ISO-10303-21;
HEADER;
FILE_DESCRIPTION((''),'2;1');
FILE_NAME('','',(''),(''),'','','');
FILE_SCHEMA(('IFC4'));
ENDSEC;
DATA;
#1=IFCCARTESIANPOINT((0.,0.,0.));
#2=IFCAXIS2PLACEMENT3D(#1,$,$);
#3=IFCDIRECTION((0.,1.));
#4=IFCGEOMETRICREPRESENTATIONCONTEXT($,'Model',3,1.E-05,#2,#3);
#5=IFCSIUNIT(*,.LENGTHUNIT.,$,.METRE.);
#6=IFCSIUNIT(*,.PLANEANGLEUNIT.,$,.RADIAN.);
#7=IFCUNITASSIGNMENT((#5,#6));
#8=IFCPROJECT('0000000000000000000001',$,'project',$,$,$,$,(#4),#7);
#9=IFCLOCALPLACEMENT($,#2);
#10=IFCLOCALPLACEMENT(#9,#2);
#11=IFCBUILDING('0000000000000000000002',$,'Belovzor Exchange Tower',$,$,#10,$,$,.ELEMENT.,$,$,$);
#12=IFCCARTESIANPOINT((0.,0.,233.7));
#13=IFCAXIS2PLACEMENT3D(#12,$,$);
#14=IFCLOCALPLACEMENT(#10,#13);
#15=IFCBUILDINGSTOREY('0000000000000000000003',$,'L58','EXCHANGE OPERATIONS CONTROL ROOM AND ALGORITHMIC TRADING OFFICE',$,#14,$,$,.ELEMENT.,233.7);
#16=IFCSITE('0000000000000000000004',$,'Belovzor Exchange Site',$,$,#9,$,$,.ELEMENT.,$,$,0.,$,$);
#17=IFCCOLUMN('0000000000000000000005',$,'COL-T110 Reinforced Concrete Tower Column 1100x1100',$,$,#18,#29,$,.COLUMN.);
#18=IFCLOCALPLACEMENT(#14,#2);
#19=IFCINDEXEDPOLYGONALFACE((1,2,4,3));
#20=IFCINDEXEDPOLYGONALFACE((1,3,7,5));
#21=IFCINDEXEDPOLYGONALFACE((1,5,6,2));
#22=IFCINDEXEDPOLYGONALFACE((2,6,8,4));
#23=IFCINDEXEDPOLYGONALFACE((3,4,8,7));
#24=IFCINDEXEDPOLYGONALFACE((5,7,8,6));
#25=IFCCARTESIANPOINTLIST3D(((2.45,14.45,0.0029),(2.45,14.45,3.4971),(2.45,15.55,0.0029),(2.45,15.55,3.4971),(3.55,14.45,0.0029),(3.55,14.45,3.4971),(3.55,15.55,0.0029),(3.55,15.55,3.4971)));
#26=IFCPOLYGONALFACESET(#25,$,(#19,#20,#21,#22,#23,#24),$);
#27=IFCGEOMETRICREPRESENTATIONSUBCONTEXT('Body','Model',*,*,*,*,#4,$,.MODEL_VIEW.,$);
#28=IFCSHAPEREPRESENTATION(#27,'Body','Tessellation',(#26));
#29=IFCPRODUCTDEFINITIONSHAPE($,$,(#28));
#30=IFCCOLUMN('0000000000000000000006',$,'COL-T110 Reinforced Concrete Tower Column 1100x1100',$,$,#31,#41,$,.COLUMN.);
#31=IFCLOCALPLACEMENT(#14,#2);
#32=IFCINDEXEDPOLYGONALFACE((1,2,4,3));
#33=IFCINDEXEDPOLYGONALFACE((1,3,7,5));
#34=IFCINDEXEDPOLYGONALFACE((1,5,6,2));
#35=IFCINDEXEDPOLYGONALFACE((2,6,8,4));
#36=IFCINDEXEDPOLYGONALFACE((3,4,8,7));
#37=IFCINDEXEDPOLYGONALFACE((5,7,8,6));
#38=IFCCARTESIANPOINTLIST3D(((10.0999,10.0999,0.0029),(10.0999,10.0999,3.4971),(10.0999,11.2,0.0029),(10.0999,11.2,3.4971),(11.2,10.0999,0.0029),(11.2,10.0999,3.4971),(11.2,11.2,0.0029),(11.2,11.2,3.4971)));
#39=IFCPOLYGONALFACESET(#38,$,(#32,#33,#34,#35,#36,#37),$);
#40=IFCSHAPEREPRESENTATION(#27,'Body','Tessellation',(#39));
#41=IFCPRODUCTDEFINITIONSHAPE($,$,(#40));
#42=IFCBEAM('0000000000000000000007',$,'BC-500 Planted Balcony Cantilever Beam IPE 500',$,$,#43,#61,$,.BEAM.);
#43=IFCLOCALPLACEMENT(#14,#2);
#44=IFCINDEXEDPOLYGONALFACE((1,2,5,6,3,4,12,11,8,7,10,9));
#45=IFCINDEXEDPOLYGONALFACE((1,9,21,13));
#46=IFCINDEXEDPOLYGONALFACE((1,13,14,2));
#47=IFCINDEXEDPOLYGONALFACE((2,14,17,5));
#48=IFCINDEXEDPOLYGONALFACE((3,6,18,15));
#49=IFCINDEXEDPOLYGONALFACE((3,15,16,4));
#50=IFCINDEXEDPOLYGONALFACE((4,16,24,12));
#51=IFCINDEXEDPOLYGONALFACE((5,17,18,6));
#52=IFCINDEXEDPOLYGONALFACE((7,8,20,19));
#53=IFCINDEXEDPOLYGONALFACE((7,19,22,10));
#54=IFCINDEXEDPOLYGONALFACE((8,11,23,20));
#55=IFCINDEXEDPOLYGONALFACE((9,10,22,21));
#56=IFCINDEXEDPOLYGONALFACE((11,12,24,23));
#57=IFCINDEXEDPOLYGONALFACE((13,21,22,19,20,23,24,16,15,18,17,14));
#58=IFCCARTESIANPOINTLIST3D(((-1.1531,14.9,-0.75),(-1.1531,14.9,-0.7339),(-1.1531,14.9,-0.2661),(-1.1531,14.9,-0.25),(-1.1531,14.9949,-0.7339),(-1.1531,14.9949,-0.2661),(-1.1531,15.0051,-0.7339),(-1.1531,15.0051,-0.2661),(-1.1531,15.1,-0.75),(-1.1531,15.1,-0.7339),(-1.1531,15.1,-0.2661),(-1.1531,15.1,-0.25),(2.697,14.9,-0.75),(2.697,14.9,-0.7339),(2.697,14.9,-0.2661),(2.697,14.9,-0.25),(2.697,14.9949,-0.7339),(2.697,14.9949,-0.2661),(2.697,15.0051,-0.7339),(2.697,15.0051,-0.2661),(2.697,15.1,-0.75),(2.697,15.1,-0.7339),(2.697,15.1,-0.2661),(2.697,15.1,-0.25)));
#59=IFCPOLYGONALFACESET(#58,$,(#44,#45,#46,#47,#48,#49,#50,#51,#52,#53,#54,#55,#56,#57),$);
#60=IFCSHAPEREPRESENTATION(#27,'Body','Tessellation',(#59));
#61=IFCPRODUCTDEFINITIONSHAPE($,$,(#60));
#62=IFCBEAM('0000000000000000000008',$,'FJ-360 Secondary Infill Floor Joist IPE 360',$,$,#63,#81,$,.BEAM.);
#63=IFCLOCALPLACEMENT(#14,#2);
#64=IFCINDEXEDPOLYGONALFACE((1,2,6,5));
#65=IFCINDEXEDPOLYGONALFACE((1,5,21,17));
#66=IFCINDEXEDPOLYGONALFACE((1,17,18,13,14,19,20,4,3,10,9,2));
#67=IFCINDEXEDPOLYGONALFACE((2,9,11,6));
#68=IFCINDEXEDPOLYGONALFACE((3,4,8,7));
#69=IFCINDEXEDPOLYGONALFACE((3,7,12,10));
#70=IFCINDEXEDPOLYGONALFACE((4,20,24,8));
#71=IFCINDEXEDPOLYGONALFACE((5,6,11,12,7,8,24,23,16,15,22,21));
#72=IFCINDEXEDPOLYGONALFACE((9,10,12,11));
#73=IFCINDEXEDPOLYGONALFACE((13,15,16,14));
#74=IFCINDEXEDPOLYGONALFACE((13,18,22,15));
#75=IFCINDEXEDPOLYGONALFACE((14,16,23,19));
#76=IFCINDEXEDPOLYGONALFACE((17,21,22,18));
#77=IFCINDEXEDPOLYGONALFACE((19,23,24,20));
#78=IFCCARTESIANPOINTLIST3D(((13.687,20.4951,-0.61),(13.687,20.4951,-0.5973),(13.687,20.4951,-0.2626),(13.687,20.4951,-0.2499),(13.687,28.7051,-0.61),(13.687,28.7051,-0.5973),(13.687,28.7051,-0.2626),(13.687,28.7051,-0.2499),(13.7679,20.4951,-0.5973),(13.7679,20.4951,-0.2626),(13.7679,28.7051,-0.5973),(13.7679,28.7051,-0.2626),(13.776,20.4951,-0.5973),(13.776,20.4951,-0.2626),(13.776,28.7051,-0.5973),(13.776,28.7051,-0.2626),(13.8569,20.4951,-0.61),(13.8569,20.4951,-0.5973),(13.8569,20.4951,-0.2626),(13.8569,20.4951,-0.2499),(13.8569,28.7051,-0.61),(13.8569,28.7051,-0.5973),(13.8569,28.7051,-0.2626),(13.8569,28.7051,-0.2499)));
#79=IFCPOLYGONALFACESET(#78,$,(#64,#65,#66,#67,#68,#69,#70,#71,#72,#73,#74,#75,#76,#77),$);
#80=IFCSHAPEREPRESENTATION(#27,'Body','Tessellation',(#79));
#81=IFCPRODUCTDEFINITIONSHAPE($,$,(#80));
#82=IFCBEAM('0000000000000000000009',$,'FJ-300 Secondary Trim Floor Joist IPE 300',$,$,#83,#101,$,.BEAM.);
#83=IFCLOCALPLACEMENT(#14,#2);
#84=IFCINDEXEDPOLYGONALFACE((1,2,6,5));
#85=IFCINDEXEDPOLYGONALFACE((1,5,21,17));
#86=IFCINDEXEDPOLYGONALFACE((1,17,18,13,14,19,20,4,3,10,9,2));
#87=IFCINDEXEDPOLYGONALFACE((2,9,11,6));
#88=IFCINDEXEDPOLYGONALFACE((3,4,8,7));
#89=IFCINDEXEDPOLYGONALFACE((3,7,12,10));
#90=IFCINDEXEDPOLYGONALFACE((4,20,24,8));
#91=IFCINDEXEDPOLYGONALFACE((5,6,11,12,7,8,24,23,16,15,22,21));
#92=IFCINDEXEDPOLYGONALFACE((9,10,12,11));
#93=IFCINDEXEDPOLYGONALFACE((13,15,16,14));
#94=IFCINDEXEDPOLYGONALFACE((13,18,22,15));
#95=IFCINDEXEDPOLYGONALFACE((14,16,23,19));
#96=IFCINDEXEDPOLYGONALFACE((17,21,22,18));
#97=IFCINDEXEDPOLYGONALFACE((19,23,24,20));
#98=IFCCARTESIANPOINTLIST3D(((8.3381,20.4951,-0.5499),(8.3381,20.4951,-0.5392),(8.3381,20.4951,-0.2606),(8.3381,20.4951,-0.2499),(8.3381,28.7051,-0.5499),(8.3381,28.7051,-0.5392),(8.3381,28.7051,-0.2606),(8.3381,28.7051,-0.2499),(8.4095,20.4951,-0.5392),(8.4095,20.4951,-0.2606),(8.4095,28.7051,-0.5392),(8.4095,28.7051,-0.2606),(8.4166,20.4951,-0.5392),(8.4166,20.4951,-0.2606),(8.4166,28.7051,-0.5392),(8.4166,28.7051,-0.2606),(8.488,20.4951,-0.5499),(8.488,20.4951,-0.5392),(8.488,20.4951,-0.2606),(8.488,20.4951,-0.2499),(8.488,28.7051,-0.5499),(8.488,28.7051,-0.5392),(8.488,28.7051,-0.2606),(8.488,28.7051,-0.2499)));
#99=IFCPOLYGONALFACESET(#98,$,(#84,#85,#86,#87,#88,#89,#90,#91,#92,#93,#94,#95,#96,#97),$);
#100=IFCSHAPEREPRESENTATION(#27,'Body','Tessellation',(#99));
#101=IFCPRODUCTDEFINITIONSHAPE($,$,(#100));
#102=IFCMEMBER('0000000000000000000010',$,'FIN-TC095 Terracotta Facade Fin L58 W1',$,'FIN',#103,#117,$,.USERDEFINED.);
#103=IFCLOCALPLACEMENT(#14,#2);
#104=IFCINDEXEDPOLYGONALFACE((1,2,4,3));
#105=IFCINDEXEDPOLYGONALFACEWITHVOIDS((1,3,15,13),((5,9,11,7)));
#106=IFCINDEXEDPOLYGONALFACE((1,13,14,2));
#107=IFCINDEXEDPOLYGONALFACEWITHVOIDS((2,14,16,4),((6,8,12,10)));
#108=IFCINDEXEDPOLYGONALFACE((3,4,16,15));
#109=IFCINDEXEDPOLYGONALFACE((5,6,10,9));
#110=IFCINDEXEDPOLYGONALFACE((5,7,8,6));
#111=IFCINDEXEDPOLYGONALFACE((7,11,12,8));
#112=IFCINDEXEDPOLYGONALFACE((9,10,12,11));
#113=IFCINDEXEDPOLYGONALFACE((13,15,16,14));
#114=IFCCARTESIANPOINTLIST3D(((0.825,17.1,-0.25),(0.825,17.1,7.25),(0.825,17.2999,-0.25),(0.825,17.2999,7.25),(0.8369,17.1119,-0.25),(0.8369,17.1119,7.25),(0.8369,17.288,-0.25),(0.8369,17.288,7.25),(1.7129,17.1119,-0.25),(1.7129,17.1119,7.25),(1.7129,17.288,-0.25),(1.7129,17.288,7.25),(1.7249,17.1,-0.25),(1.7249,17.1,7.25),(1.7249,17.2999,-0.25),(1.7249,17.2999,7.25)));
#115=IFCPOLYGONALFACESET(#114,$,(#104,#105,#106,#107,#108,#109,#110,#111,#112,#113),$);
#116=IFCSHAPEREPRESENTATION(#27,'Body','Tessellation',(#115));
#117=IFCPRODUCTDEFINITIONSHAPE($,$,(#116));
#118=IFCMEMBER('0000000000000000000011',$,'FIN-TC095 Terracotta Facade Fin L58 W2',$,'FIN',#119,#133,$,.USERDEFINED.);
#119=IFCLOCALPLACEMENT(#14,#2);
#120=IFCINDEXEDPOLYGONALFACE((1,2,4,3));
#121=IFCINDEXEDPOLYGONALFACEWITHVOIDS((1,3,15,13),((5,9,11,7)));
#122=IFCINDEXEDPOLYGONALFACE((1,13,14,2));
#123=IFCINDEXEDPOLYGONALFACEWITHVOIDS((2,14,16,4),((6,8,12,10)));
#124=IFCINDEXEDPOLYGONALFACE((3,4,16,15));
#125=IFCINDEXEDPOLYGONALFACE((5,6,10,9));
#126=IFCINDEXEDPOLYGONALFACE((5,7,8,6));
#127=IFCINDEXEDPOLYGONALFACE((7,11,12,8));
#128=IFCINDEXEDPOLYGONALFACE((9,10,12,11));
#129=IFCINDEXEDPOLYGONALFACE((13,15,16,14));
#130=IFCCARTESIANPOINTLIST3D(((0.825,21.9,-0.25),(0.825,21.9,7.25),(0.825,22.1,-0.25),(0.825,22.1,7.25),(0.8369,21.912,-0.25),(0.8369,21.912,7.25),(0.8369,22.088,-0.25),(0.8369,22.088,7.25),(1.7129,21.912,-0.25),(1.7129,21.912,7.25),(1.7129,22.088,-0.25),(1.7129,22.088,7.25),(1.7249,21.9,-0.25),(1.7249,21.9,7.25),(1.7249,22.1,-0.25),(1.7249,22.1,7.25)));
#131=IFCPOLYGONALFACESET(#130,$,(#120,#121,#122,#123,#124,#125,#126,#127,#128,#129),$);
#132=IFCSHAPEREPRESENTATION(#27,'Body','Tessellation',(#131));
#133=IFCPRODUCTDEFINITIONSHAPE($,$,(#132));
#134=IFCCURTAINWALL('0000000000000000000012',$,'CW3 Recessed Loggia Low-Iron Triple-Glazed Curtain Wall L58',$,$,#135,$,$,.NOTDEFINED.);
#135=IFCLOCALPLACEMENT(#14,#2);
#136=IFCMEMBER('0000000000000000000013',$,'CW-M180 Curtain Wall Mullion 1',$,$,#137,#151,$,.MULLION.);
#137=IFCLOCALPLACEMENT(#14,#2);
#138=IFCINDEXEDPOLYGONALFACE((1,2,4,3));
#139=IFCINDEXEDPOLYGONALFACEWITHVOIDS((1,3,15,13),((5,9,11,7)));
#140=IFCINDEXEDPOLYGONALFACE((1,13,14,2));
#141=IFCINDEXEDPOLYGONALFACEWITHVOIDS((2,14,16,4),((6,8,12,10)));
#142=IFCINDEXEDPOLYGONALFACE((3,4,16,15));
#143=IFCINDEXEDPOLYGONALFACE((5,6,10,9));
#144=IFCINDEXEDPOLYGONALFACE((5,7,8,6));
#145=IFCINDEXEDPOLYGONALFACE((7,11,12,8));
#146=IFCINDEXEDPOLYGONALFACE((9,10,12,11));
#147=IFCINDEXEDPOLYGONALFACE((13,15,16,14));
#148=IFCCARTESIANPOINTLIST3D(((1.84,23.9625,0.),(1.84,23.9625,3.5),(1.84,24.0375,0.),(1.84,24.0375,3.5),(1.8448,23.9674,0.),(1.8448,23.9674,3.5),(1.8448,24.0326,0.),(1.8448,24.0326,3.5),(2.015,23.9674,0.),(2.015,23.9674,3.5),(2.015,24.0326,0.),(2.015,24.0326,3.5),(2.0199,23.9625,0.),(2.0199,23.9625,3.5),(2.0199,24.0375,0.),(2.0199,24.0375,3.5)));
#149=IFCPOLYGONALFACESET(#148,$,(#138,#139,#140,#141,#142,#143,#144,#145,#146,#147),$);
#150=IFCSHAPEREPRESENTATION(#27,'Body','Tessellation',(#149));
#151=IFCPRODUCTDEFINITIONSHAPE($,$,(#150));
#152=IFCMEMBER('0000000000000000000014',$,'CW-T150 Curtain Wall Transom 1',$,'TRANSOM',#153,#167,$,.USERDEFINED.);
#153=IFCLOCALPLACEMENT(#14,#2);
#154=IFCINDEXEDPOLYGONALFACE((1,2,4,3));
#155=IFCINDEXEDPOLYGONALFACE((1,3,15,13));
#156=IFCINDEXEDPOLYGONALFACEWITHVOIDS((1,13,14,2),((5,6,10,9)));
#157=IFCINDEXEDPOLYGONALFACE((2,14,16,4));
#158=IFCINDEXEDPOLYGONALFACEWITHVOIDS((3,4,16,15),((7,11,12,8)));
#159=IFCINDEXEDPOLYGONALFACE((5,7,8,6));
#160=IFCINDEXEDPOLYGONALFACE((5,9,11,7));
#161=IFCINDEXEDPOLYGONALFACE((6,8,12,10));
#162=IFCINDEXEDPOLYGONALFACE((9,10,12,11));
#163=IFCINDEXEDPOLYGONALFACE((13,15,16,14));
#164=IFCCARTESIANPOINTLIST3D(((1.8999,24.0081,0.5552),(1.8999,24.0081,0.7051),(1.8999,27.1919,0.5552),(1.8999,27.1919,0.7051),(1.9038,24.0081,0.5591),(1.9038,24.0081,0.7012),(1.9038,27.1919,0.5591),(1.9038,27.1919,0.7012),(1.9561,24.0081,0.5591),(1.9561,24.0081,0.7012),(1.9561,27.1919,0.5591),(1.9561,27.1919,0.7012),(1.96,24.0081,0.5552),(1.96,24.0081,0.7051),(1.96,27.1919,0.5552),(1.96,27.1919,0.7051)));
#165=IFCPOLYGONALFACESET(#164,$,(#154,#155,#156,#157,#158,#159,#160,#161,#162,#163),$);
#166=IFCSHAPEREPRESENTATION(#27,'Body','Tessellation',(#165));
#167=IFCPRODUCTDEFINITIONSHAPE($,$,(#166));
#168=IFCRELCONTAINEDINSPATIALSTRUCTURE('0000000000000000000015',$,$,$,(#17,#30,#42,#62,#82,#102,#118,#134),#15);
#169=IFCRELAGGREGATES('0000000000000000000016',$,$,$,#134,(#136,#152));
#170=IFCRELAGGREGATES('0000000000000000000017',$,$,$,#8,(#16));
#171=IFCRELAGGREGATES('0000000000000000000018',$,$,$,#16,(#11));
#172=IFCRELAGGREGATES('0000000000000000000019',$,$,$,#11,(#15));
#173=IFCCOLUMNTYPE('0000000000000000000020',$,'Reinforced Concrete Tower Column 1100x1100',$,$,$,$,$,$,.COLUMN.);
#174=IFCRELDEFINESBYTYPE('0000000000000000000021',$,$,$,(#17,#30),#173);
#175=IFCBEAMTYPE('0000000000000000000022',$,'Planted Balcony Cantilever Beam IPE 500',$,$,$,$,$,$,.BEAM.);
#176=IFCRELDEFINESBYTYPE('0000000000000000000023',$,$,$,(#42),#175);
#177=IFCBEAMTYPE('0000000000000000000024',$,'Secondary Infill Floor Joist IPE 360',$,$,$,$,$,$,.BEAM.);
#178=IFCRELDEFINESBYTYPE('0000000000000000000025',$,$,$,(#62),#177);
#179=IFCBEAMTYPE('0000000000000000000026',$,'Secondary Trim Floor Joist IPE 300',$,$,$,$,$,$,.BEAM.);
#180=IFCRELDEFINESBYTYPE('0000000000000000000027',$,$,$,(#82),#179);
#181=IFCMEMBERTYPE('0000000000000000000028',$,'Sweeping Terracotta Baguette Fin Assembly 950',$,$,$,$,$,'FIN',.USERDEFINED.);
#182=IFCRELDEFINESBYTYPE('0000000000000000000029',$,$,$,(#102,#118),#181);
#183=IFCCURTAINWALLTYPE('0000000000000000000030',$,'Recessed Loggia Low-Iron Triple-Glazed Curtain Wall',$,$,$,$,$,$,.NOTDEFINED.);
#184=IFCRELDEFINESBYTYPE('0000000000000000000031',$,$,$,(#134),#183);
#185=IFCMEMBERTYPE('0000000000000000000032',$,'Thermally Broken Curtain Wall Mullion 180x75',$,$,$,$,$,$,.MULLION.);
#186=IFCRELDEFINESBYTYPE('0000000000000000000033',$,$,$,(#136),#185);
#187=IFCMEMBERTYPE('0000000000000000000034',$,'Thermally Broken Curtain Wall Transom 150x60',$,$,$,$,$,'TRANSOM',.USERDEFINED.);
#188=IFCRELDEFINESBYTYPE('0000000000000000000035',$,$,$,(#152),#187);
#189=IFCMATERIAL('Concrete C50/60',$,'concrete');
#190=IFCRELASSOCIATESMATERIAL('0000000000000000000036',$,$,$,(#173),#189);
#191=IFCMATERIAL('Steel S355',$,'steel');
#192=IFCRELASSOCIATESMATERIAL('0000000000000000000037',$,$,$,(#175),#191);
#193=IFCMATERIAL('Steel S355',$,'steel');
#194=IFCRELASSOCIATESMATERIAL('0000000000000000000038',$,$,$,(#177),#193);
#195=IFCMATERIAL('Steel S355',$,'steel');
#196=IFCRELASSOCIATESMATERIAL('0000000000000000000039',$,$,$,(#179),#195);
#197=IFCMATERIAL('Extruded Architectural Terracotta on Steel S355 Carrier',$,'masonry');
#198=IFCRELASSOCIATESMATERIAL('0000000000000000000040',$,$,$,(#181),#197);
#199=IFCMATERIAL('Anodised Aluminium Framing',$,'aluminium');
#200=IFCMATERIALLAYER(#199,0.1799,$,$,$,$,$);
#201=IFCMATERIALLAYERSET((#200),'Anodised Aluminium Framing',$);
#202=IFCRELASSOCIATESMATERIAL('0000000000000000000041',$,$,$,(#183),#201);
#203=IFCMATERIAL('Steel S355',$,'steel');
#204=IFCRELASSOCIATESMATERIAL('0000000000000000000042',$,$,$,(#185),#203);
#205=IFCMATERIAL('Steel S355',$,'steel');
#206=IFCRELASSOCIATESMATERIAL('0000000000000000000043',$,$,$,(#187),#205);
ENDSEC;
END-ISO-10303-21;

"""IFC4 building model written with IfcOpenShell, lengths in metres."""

from ifc_helpers import new_model, si_unit, direction, frame, origin, origin_2d, place, context, subcontext, project, spatial, rectangle, hollow_rectangle, i_section, extrude, material, layer, layer_set, material_profile, profile_set, type_object, element, aggregate, save


model = new_model("IFC4")

# Units and contexts
model_context = context("Model", 3, precision=1e-05, world=origin(), true_north=direction((0.0, 1.0)))
body_context = subcontext(model_context, "Body", "Model", "MODEL_VIEW")
ifc_project = project(units=[si_unit("LENGTHUNIT", "METRE"), si_unit("PLANEANGLEUNIT", "RADIAN")], contexts=[model_context])

# Site, building, storey
site_placement = place(None, origin())
site = spatial("IfcSite", under=ifc_project, at=site_placement, Name="Belovzor Exchange Site", CompositionType="ELEMENT", RefElevation=0.0)
building_placement = place(site_placement, origin())
building = spatial("IfcBuilding", under=site, at=building_placement, Name="Belovzor Exchange Tower", CompositionType="ELEMENT")
storey_placement = place(building_placement, frame((0.0, 0.0, 233.7)))
storey = spatial("IfcBuildingStorey", under=building, at=storey_placement, Name="L58", Description="EXCHANGE OPERATIONS CONTROL ROOM AND ALGORITHMIC TRADING OFFICE", CompositionType="ELEMENT", Elevation=233.7)

# Columns
ifc_material_1 = material(Name="Concrete C50/60", Category="concrete")
ifc_material_profile_1 = material_profile(ifc_material_1, rectangle(XDim=1.1001, YDim=1.1001, at=origin_2d()))
ifc_profile_set_1 = profile_set([ifc_material_profile_1], Name="Concrete C50/60")
column_type = type_object("IfcColumnType", Name="Reinforced Concrete Tower Column 1100x1100", PredefinedType="COLUMN", material=ifc_profile_set_1)
for number, where, z_axis, x_axis, name in (
    (1, (3.0, 15.0, 0.0029), (0.0, 0.0, 1.0), (1.0, 0.0, 0.0), "COL-T110 Reinforced Concrete Tower Column 1100x1100"),
    (2, (10.6499, 10.6499, 0.0029), (0.0, 0.0, 1.0), (1.0, 0.0, 0.0), "COL-T110 Reinforced Concrete Tower Column 1100x1100"),
):
    element("IfcColumn", number, at=place(storey_placement, frame(where, z_axis=z_axis, x_axis=x_axis)), inside=storey, type_object=column_type, Name=name, PredefinedType="COLUMN", context=body_context, shape_type="SweptSolid", body=[
        extrude(rectangle(XDim=1.1001, YDim=1.1001, at=origin_2d()), origin(), (0.0, 0.0, 1.0), 3.4941),
    ])

# Beams
ifc_material_2 = material(Name="Steel S355", Category="steel")
ifc_material_profile_2 = material_profile(ifc_material_2, i_section(OverallWidth=0.2, OverallDepth=0.5, WebThickness=0.0103, FlangeThickness=0.0161, at=origin_2d()))
ifc_profile_set_2 = profile_set([ifc_material_profile_2], Name="Steel S355")
beam_type_1 = type_object("IfcBeamType", Name="Planted Balcony Cantilever Beam IPE 500", PredefinedType="BEAM", material=ifc_profile_set_2)
beam_1_placement = place(storey_placement, frame((2.697, 15.0, -0.5), z_axis=(-1.0, 0.0, 0.0), x_axis=(0.0, -1.0, 0.0)))
element("IfcBeam", 3, at=beam_1_placement, inside=storey, type_object=beam_type_1, Name="BC-500 Planted Balcony Cantilever Beam IPE 500", PredefinedType="BEAM", context=body_context, shape_type="SweptSolid", body=[
    extrude(i_section(OverallWidth=0.2, OverallDepth=0.5, WebThickness=0.0103, FlangeThickness=0.0161, at=origin_2d()), origin(), (0.0, 0.0, 1.0), 3.8501),
])
ifc_material_3 = material(Name="Steel S355", Category="steel")
ifc_material_profile_3 = material_profile(ifc_material_3, i_section(OverallWidth=0.1699, OverallDepth=0.3601, WebThickness=0.0081, FlangeThickness=0.0127, at=origin_2d()))
ifc_profile_set_3 = profile_set([ifc_material_profile_3], Name="Steel S355")
beam_type_2 = type_object("IfcBeamType", Name="Secondary Infill Floor Joist IPE 360", PredefinedType="BEAM", material=ifc_profile_set_3)
beam_2_placement = place(storey_placement, frame((13.772, 20.4951, -0.4299), z_axis=(0.0, 1.0, 0.0), x_axis=(-1.0, 0.0, 0.0)))
element("IfcBeam", 4, at=beam_2_placement, inside=storey, type_object=beam_type_2, Name="FJ-360 Secondary Infill Floor Joist IPE 360", PredefinedType="BEAM", context=body_context, shape_type="SweptSolid", body=[
    extrude(i_section(OverallWidth=0.1699, OverallDepth=0.3601, WebThickness=0.0081, FlangeThickness=0.0127, at=origin_2d()), origin(), (0.0, 0.0, 1.0), 8.21),
])
ifc_material_4 = material(Name="Steel S355", Category="steel")
ifc_material_profile_4 = material_profile(ifc_material_4, i_section(OverallWidth=0.1499, OverallDepth=0.3, WebThickness=0.0071, FlangeThickness=0.0107, at=origin_2d()))
ifc_profile_set_4 = profile_set([ifc_material_profile_4], Name="Steel S355")
beam_type_3 = type_object("IfcBeamType", Name="Secondary Trim Floor Joist IPE 300", PredefinedType="BEAM", material=ifc_profile_set_4)
beam_3_placement = place(storey_placement, frame((8.4131, 20.4951, -0.3999), z_axis=(0.0, 1.0, 0.0), x_axis=(-1.0, 0.0, 0.0)))
element("IfcBeam", 5, at=beam_3_placement, inside=storey, type_object=beam_type_3, Name="FJ-300 Secondary Trim Floor Joist IPE 300", PredefinedType="BEAM", context=body_context, shape_type="SweptSolid", body=[
    extrude(i_section(OverallWidth=0.1499, OverallDepth=0.3, WebThickness=0.0071, FlangeThickness=0.0107, at=origin_2d()), origin(), (0.0, 0.0, 1.0), 8.21),
])

# Members
ifc_material_5 = material(Name="Extruded Architectural Terracotta on Steel S355 Carrier", Category="masonry")
ifc_material_profile_5 = material_profile(ifc_material_5, hollow_rectangle(XDim=0.2, YDim=0.8999, WallThickness=0.012, at=origin_2d()))
ifc_profile_set_5 = profile_set([ifc_material_profile_5], Name="Extruded Architectural Terracotta on Steel S355 Carrier")
member_type_1 = type_object("IfcMemberType", Name="Sweeping Terracotta Baguette Fin Assembly 950", ElementType="FIN", PredefinedType="USERDEFINED", material=ifc_profile_set_5)
for number, where, z_axis, x_axis, name in (
    (6, (1.2749, 17.2, -0.25), (0.0, 0.0, 1.0), (0.0, 1.0, 0.0), "FIN-TC095 Terracotta Facade Fin L58 W1"),
    (7, (1.2749, 22.0, -0.25), (0.0, 0.0, 1.0), (0.0, 1.0, 0.0), "FIN-TC095 Terracotta Facade Fin L58 W2"),
):
    element("IfcMember", number, at=place(storey_placement, frame(where, z_axis=z_axis, x_axis=x_axis)), inside=storey, type_object=member_type_1, Name=name, ObjectType="FIN", PredefinedType="USERDEFINED", context=body_context, shape_type="SweptSolid", body=[
        extrude(hollow_rectangle(XDim=0.2, YDim=0.8999, WallThickness=0.012, at=origin_2d()), origin(), (0.0, 0.0, 1.0), 7.5),
    ])

# Curtain wall, members
ifc_material_6 = material(Name="Anodised Aluminium Framing", Category="aluminium")
ifc_layer_1 = layer(ifc_material_6, 0.1799)
ifc_layer_set_1 = layer_set([ifc_layer_1], Name="Anodised Aluminium Framing")
curtain_wall_type = type_object("IfcCurtainWallType", Name="Recessed Loggia Low-Iron Triple-Glazed Curtain Wall", PredefinedType="NOTDEFINED", material=ifc_layer_set_1)
curtain_wall_placement = place(storey_placement, origin())
curtain_wall = element("IfcCurtainWall", 8, at=curtain_wall_placement, inside=storey, type_object=curtain_wall_type, Name="CW3 Recessed Loggia Low-Iron Triple-Glazed Curtain Wall L58", PredefinedType="NOTDEFINED")
ifc_material_7 = material(Name="Steel S355", Category="steel")
ifc_material_profile_6 = material_profile(ifc_material_7, hollow_rectangle(XDim=0.075, YDim=0.1799, WallThickness=0.0049, at=origin_2d()))
ifc_profile_set_6 = profile_set([ifc_material_profile_6], Name="Steel S355")
member_type_2 = type_object("IfcMemberType", Name="Thermally Broken Curtain Wall Mullion 180x75", PredefinedType="MULLION", material=ifc_profile_set_6)
member_1_placement = place(storey_placement, frame((1.9299, 24.0, 0.0), z_axis=(0.0, 0.0, 1.0), x_axis=(0.0, 1.0, 0.0)))
member_1 = element("IfcMember", 9, at=member_1_placement, type_object=member_type_2, Name="CW-M180 Curtain Wall Mullion 1", PredefinedType="MULLION", context=body_context, shape_type="SweptSolid", body=[
    extrude(hollow_rectangle(XDim=0.075, YDim=0.1799, WallThickness=0.0049, at=origin_2d()), origin(), (0.0, 0.0, 1.0), 3.5),
])
ifc_material_8 = material(Name="Steel S355", Category="steel")
ifc_material_profile_7 = material_profile(ifc_material_8, hollow_rectangle(XDim=0.0601, YDim=0.1499, WallThickness=0.0039, at=origin_2d()))
ifc_profile_set_7 = profile_set([ifc_material_profile_7], Name="Steel S355")
member_type_3 = type_object("IfcMemberType", Name="Thermally Broken Curtain Wall Transom 150x60", ElementType="TRANSOM", PredefinedType="USERDEFINED", material=ifc_profile_set_7)
member_2_placement = place(storey_placement, frame((1.9299, 24.0081, 0.6301), z_axis=(0.0, 1.0, 0.0), x_axis=(-1.0, 0.0, 0.0)))
member_2 = element("IfcMember", 10, at=member_2_placement, type_object=member_type_3, Name="CW-T150 Curtain Wall Transom 1", ObjectType="TRANSOM", PredefinedType="USERDEFINED", context=body_context, shape_type="SweptSolid", body=[
    extrude(hollow_rectangle(XDim=0.0601, YDim=0.1499, WallThickness=0.0039, at=origin_2d()), origin(), (0.0, 0.0, 1.0), 3.1838),
])

aggregate(curtain_wall, [member_1, member_2])

save(model, "model.ifc")
